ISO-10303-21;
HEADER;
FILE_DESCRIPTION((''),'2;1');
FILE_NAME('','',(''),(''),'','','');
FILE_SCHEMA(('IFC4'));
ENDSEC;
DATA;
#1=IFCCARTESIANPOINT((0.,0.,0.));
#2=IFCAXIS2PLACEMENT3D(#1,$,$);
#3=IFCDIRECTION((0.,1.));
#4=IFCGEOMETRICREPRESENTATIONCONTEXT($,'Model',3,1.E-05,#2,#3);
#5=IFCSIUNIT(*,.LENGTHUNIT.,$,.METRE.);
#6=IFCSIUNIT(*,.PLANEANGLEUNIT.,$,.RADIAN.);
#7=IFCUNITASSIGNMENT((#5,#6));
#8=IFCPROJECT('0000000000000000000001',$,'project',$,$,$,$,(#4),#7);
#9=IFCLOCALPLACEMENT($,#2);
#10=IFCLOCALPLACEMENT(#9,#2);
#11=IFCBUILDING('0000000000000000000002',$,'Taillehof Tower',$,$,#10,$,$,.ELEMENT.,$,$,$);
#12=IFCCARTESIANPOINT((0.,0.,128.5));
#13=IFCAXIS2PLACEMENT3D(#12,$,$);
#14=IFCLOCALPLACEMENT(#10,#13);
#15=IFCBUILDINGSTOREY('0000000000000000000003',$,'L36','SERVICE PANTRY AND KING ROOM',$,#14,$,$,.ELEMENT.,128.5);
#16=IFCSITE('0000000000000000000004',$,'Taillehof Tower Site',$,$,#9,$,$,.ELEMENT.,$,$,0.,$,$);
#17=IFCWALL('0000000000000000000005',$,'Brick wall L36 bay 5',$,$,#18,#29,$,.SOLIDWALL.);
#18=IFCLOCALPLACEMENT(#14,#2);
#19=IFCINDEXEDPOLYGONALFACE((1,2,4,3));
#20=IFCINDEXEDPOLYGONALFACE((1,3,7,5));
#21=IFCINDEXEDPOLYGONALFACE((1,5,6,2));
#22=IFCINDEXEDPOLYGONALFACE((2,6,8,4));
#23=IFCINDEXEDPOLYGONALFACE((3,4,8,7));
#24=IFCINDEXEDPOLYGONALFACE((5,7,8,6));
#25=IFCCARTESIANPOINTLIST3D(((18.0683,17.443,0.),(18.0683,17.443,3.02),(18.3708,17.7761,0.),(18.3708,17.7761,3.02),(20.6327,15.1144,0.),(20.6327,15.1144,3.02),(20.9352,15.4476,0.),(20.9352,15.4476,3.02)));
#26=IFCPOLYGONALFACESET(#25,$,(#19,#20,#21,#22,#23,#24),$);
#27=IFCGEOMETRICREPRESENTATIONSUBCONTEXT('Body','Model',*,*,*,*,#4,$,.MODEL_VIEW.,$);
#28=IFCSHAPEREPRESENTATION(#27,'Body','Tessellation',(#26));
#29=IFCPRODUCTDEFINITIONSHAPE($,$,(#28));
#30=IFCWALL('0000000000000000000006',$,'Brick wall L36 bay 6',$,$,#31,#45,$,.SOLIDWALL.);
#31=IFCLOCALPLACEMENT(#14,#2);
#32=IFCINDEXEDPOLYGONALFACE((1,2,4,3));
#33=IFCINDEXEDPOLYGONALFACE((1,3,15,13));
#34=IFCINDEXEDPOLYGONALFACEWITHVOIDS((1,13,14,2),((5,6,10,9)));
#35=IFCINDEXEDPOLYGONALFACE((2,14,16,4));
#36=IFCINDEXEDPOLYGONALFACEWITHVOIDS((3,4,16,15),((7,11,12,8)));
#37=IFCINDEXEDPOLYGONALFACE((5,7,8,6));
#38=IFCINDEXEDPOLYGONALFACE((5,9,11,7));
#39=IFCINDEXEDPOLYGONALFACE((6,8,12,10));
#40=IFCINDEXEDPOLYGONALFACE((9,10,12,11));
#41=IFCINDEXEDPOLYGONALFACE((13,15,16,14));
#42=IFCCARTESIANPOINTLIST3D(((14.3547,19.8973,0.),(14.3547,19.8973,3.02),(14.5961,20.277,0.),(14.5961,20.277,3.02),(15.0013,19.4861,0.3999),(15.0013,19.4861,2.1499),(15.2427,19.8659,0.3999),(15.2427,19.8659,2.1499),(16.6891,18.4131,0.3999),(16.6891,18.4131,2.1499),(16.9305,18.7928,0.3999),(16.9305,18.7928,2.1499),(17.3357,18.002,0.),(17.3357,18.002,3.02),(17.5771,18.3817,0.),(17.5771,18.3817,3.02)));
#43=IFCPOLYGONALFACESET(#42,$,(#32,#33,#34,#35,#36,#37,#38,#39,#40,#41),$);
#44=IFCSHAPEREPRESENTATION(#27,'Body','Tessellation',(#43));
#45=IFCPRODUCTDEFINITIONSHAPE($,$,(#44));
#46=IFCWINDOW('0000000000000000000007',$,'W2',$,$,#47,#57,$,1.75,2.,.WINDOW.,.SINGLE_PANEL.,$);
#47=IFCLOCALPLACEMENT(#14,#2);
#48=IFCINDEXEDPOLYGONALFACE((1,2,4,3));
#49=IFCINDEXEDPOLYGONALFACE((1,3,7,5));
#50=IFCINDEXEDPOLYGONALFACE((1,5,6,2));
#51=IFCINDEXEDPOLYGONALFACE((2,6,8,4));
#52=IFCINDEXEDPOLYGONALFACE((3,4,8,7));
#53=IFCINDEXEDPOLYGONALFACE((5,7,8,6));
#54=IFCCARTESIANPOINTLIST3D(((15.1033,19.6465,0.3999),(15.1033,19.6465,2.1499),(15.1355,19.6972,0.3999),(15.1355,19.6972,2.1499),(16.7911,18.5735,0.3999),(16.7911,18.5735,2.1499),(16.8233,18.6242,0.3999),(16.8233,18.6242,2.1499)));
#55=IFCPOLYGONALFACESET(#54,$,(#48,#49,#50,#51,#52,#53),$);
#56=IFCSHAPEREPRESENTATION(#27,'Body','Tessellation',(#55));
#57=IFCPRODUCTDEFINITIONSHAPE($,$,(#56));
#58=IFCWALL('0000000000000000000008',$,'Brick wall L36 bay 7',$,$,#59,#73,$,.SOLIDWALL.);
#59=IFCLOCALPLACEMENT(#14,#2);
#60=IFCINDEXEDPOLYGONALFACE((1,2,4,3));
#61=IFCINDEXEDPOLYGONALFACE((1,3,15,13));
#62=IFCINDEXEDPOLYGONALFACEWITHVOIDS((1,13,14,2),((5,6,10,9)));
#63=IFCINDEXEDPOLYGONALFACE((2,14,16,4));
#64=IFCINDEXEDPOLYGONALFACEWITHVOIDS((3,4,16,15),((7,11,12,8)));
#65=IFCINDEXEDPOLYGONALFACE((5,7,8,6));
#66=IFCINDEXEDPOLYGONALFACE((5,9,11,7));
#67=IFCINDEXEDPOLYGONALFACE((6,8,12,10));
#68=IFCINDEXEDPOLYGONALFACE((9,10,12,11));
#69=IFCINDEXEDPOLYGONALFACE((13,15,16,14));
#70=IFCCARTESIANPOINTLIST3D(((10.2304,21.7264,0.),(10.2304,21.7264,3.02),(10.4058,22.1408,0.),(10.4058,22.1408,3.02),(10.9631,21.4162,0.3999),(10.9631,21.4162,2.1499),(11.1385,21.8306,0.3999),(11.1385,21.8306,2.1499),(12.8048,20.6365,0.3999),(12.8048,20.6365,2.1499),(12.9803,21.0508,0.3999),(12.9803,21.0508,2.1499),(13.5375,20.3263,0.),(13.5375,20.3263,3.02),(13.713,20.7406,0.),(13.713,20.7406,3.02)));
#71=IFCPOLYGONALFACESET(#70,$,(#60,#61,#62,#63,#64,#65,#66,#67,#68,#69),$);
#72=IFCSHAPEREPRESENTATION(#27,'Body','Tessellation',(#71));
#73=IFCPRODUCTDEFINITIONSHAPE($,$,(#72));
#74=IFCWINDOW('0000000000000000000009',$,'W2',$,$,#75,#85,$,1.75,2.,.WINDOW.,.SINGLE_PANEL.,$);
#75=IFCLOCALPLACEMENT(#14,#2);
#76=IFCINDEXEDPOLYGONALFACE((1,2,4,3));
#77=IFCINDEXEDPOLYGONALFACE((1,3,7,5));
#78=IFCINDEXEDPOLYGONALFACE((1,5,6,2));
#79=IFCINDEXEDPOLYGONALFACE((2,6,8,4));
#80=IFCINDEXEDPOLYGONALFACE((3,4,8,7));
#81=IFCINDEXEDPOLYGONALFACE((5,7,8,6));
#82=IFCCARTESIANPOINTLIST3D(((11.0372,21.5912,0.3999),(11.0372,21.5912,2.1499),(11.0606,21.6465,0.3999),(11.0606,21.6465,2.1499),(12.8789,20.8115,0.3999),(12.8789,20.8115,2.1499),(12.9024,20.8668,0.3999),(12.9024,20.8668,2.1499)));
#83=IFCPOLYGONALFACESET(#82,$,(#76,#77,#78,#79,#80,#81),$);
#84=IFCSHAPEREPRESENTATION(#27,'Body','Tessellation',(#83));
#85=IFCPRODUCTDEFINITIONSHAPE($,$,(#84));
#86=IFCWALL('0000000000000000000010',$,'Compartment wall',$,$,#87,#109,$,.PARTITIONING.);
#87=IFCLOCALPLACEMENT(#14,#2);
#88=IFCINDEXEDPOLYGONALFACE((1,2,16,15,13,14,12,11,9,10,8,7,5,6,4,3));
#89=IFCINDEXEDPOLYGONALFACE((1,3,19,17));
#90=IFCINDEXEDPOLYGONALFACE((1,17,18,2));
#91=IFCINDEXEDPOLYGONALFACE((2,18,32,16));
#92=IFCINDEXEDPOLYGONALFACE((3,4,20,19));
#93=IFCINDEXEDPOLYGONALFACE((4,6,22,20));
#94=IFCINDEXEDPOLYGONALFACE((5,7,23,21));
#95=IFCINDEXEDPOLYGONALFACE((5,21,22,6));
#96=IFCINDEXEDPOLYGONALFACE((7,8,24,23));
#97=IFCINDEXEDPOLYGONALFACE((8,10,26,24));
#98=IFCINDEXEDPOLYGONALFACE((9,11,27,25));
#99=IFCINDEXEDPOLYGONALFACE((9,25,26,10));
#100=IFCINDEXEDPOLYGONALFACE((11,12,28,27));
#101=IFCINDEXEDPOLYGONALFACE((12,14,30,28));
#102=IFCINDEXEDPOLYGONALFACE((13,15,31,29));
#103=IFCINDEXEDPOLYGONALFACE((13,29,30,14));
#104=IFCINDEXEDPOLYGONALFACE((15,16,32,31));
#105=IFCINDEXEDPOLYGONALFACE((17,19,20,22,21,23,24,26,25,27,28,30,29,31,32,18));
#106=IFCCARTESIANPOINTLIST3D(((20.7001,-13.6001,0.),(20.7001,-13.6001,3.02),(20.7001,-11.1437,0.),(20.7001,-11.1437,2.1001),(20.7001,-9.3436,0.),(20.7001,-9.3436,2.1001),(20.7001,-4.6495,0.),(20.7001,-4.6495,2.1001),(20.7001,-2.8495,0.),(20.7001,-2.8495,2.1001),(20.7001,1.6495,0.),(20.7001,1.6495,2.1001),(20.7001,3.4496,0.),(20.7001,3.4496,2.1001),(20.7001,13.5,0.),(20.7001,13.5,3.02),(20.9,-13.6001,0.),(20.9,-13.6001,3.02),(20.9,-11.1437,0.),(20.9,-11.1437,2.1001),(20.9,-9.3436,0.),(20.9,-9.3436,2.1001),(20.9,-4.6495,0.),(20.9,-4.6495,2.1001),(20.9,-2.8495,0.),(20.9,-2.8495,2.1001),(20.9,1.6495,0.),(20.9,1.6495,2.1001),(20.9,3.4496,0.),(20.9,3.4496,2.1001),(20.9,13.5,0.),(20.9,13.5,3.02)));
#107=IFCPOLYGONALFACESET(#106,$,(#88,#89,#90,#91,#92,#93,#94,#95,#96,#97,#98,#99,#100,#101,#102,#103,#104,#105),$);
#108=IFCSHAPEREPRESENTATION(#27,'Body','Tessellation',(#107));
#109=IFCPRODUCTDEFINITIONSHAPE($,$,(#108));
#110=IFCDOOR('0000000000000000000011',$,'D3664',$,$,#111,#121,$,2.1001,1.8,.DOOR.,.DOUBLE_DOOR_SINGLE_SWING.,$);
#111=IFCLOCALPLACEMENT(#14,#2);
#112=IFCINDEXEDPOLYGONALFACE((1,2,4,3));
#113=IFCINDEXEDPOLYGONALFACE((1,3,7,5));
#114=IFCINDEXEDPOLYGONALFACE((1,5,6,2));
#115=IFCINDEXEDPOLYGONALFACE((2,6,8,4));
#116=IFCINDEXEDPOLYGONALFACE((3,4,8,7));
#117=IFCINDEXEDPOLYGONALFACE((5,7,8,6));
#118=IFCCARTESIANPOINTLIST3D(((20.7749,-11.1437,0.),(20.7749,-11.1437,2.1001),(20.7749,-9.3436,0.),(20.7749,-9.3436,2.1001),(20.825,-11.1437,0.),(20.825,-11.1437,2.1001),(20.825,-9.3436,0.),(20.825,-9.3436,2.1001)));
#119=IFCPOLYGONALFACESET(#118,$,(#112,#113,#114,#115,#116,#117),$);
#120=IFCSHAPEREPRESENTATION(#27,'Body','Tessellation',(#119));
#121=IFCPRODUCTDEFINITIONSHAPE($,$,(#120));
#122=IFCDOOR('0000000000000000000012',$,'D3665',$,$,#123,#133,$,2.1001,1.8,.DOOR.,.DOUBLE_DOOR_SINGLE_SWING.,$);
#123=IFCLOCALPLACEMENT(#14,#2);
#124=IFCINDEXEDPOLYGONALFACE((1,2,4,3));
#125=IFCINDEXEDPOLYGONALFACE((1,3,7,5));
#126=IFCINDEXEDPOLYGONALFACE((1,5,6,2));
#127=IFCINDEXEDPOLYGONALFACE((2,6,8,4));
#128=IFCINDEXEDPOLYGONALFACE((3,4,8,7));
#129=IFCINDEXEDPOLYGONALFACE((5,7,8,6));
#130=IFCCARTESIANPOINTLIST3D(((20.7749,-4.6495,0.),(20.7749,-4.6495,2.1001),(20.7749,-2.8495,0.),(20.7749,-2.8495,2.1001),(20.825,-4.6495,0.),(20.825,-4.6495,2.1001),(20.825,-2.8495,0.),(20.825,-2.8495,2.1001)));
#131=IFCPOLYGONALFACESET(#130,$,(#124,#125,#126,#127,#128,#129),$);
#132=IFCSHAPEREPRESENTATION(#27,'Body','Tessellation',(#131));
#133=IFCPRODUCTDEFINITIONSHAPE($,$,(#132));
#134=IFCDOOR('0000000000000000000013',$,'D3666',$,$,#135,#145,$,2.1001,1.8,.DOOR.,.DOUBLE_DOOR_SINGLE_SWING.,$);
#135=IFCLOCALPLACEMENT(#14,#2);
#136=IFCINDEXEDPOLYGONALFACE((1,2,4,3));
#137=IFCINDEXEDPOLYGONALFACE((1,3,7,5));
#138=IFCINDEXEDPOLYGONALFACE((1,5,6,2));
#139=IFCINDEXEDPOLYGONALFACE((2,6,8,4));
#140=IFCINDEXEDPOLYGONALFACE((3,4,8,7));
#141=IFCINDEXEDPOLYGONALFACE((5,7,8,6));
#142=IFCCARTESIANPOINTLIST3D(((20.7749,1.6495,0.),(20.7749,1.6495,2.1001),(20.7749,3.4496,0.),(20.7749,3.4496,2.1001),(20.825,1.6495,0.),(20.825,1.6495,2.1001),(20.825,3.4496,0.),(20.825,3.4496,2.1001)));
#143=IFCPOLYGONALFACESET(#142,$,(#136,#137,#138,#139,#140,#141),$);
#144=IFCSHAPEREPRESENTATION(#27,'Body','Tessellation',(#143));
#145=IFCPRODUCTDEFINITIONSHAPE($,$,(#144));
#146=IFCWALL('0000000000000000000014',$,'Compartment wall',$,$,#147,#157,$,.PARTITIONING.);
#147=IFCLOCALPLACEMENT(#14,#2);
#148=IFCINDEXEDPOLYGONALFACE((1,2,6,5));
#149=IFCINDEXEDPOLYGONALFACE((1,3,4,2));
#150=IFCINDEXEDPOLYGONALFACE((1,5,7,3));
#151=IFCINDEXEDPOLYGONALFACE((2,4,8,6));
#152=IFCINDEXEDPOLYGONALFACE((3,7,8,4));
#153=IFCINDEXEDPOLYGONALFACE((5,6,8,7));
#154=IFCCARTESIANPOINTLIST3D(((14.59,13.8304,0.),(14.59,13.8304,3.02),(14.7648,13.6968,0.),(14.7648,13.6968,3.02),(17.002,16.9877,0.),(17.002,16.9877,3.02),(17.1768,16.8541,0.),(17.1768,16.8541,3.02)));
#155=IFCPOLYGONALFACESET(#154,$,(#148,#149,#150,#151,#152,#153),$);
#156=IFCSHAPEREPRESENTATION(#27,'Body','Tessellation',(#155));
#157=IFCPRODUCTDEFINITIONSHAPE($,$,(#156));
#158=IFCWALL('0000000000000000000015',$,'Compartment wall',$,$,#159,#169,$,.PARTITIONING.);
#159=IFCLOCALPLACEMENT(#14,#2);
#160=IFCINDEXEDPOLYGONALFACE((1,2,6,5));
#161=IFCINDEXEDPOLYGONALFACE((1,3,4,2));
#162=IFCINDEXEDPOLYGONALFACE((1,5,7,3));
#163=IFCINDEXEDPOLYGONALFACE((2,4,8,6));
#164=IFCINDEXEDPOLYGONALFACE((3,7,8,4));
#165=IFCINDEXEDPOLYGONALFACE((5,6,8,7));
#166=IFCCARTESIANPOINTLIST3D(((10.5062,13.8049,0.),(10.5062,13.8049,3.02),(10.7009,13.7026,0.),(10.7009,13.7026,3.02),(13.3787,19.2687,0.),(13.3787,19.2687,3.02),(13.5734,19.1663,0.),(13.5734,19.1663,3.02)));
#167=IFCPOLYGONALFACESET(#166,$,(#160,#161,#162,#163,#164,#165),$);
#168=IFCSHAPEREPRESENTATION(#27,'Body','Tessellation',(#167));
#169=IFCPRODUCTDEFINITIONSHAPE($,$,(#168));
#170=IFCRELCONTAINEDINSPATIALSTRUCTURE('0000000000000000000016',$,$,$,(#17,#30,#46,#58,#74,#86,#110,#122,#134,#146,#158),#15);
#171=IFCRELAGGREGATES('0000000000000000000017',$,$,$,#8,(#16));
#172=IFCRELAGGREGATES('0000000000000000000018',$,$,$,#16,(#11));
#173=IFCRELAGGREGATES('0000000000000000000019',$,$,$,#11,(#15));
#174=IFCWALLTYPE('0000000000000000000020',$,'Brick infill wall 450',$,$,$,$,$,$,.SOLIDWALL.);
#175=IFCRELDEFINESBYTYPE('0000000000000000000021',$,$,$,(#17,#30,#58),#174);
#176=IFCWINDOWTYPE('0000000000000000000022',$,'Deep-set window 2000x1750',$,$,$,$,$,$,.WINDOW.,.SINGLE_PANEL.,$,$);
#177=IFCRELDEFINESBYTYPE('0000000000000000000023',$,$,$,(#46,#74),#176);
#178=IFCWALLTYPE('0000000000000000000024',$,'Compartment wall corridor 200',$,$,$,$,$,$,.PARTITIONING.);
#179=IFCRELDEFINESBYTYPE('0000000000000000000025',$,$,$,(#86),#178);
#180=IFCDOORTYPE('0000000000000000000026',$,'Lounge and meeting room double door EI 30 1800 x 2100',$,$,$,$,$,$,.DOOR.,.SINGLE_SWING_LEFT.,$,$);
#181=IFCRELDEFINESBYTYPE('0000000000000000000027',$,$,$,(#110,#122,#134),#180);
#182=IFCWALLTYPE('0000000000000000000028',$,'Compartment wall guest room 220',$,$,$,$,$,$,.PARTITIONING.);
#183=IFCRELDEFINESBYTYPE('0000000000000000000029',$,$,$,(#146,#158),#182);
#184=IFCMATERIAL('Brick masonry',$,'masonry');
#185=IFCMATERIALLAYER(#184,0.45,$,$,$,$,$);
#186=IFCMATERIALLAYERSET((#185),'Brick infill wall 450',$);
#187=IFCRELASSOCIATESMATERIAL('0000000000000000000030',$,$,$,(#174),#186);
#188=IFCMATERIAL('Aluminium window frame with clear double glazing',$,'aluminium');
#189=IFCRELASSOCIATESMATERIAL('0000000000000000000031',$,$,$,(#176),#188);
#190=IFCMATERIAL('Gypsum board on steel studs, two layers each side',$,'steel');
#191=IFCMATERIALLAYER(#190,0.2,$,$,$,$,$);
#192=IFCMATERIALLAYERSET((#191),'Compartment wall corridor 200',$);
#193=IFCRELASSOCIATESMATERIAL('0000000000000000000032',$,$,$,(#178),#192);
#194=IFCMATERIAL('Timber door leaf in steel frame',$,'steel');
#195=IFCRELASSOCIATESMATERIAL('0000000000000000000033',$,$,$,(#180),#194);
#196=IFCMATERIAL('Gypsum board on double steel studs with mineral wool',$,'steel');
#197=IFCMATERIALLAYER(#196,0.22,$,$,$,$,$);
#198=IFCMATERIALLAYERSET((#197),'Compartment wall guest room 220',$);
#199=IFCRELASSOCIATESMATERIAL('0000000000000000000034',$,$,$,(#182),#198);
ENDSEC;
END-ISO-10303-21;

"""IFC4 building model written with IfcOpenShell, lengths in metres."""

from ifc_helpers import new_model, si_unit, direction, frame, frame_2d, origin, place, context, subcontext, project, spatial, rectangle, extrude, material, layer, layer_set, type_object, element, fill, save


model = new_model("IFC4")

# Units and contexts
model_context = context("Model", 3, precision=1e-05, world=origin(), true_north=direction((0.0, 1.0)))
body_context = subcontext(model_context, "Body", "Model", "MODEL_VIEW")
ifc_project = project(units=[si_unit("LENGTHUNIT", "METRE"), si_unit("PLANEANGLEUNIT", "RADIAN")], contexts=[model_context])

# Site, building, storey
site_placement = place(None, origin())
site = spatial("IfcSite", under=ifc_project, at=site_placement, Name="Taillehof Tower Site", CompositionType="ELEMENT", RefElevation=0.0)
building_placement = place(site_placement, origin())
building = spatial("IfcBuilding", under=site, at=building_placement, Name="Taillehof Tower", CompositionType="ELEMENT")
storey_placement = place(building_placement, frame((0.0, 0.0, 128.5)))
storey = spatial("IfcBuildingStorey", under=building, at=storey_placement, Name="L36", Description="SERVICE PANTRY AND KING ROOM", CompositionType="ELEMENT", Elevation=128.5)

# Shared definitions
ifc_material_1 = material(Name="Brick masonry", Category="masonry")
ifc_layer_1 = layer(ifc_material_1, 0.45)
ifc_layer_set_1 = layer_set([ifc_layer_1], Name="Brick infill wall 450")
wall_type_1 = type_object("IfcWallType", Name="Brick infill wall 450", PredefinedType="SOLIDWALL", material=ifc_layer_set_1)

# Wall
wall_1_placement = place(storey_placement, frame((20.7839, 15.281, 0.0), z_axis=(0.0, 0.0, 1.0), x_axis=(-0.740329, 0.672245, 0.0)))
element("IfcWall", 1, at=wall_1_placement, inside=storey, type_object=wall_type_1, Name="Brick wall L36 bay 5", PredefinedType="SOLIDWALL", context=body_context, shape_type="SweptSolid", body=[
    extrude(rectangle(XDim=3.4639, YDim=0.45, at=frame_2d((1.7319, 0.0))), origin(), (0.0, 0.0, 1.0), 3.02),
])

# Walls, openings, windows
wall_2_placement = place(storey_placement, frame((17.4563, 18.1919, 0.0), z_axis=(0.0, 0.0, 1.0), x_axis=(-0.843881, 0.536531, 0.0)))
wall_2 = element("IfcWall", 2, at=wall_2_placement, inside=storey, type_object=wall_type_1, Name="Brick wall L36 bay 6", PredefinedType="SOLIDWALL", context=body_context, shape_type="SweptSolid", body=[
    extrude(rectangle(XDim=3.5325, YDim=0.45, at=frame_2d((1.7661, 0.0))), origin(), (0.0, 0.0, 1.0), 3.02),
])
opening_1_placement = place(wall_2_placement, frame((0.7661, 0.0, 0.3999)))
opening_1 = element("IfcOpeningElement", 3, at=opening_1_placement, cuts=wall_2, PredefinedType="OPENING", context=body_context, shape_type="SweptSolid", body=[
    extrude(rectangle(XDim=2.0, YDim=1.75, at=frame_2d((1.0, 0.875))), frame((0.0, 0.2349, 0.0), z_axis=(0.0, -1.0, 0.0), x_axis=(1.0, 0.0, 0.0)), (0.0, 0.0, 1.0), 0.47),
])
ifc_material_2 = material(Name="Aluminium window frame with clear double glazing", Category="aluminium")
window_type_1 = type_object("IfcWindowType", Name="Deep-set window 2000x1750", PartitioningType="SINGLE_PANEL", PredefinedType="WINDOW", material=ifc_material_2)
window_1_placement = place(opening_1_placement, origin())
window_1 = element("IfcWindow", 4, at=window_1_placement, inside=storey, type_object=window_type_1, Name="W2", OverallHeight=1.75, OverallWidth=2.0, PartitioningType="SINGLE_PANEL", PredefinedType="WINDOW", context=body_context, shape_type="SweptSolid", body=[
    extrude(rectangle(XDim=2.0, YDim=1.75, at=frame_2d((1.0, 0.875))), frame((0.0, 0.0349, 0.0), z_axis=(0.0, -1.0, 0.0), x_axis=(1.0, 0.0, 0.0)), (0.0, 0.0, 1.0), 0.0601),
])
fill(opening_1, window_1)
wall_3_placement = place(storey_placement, frame((13.6252, 20.5334, 0.0), z_axis=(0.0, 0.0, 1.0), x_axis=(-0.92087, 0.389871, 0.0)))
wall_3 = element("IfcWall", 5, at=wall_3_placement, inside=storey, type_object=wall_type_1, Name="Brick wall L36 bay 7", PredefinedType="SOLIDWALL", context=body_context, shape_type="SweptSolid", body=[
    extrude(rectangle(XDim=3.5913, YDim=0.45, at=frame_2d((1.7957, 0.0))), origin(), (0.0, 0.0, 1.0), 3.02),
])
opening_2_placement = place(wall_3_placement, frame((0.7957, 0.0, 0.3999)))
opening_2 = element("IfcOpeningElement", 6, at=opening_2_placement, cuts=wall_3, PredefinedType="OPENING", context=body_context, shape_type="SweptSolid", body=[
    extrude(rectangle(XDim=2.0, YDim=1.75, at=frame_2d((1.0, 0.875))), frame((0.0, 0.2349, 0.0), z_axis=(0.0, -1.0, 0.0), x_axis=(1.0, 0.0, 0.0)), (0.0, 0.0, 1.0), 0.47),
])
window_2_placement = place(opening_2_placement, origin())
window_2 = element("IfcWindow", 7, at=window_2_placement, inside=storey, type_object=window_type_1, Name="W2", OverallHeight=1.75, OverallWidth=2.0, PartitioningType="SINGLE_PANEL", PredefinedType="WINDOW", context=body_context, shape_type="SweptSolid", body=[
    extrude(rectangle(XDim=2.0, YDim=1.75, at=frame_2d((1.0, 0.875))), frame((0.0, 0.0349, 0.0), z_axis=(0.0, -1.0, 0.0), x_axis=(1.0, 0.0, 0.0)), (0.0, 0.0, 1.0), 0.0601),
])
fill(opening_2, window_2)

# Wall, openings, doors
ifc_material_3 = material(Name="Gypsum board on steel studs, two layers each side", Category="steel")
ifc_layer_2 = layer(ifc_material_3, 0.2)
ifc_layer_set_2 = layer_set([ifc_layer_2], Name="Compartment wall corridor 200")
wall_type_2 = type_object("IfcWallType", Name="Compartment wall corridor 200", PredefinedType="PARTITIONING", material=ifc_layer_set_2)
wall_4_placement = place(storey_placement, frame((20.8, 13.5, 0.0), z_axis=(0.0, 0.0, 1.0), x_axis=(0.0, -1.0, 0.0)))
wall_4 = element("IfcWall", 8, at=wall_4_placement, inside=storey, type_object=wall_type_2, Name="Compartment wall", PredefinedType="PARTITIONING", context=body_context, shape_type="SweptSolid", body=[
    extrude(rectangle(XDim=27.1001, YDim=0.2, at=frame_2d((13.55, 0.0))), origin(), (0.0, 0.0, 1.0), 3.02),
])
opening_3_placement = place(wall_4_placement, frame((22.8438, 0.0, 0.0)))
opening_3 = element("IfcOpeningElement", 9, at=opening_3_placement, cuts=wall_4, PredefinedType="OPENING", context=body_context, shape_type="SweptSolid", body=[
    extrude(rectangle(XDim=1.8, YDim=2.1001, at=frame_2d((0.8999, 1.05))), frame((0.0, 0.1099, 0.0), z_axis=(0.0, -1.0, 0.0), x_axis=(1.0, 0.0, 0.0)), (0.0, 0.0, 1.0), 0.22),
])
opening_4_placement = place(wall_4_placement, frame((16.3496, 0.0, 0.0)))
opening_4 = element("IfcOpeningElement", 10, at=opening_4_placement, cuts=wall_4, PredefinedType="OPENING", context=body_context, shape_type="SweptSolid", body=[
    extrude(rectangle(XDim=1.8, YDim=2.1001, at=frame_2d((0.8999, 1.05))), frame((0.0, 0.1099, 0.0), z_axis=(0.0, -1.0, 0.0), x_axis=(1.0, 0.0, 0.0)), (0.0, 0.0, 1.0), 0.22),
])
opening_5_placement = place(wall_4_placement, frame((10.0505, 0.0, 0.0)))
opening_5 = element("IfcOpeningElement", 11, at=opening_5_placement, cuts=wall_4, PredefinedType="OPENING", context=body_context, shape_type="SweptSolid", body=[
    extrude(rectangle(XDim=1.8, YDim=2.1001, at=frame_2d((0.8999, 1.05))), frame((0.0, 0.1099, 0.0), z_axis=(0.0, -1.0, 0.0), x_axis=(1.0, 0.0, 0.0)), (0.0, 0.0, 1.0), 0.22),
])
ifc_material_4 = material(Name="Timber door leaf in steel frame", Category="steel")
door_type_1 = type_object("IfcDoorType", Name="Lounge and meeting room double door EI 30 1800 x 2100", OperationType="SINGLE_SWING_LEFT", PredefinedType="DOOR", material=ifc_material_4)
door_1_placement = place(opening_3_placement, origin())
door_1 = element("IfcDoor", 12, at=door_1_placement, inside=storey, type_object=door_type_1, Name="D3664", OperationType="DOUBLE_DOOR_SINGLE_SWING", OverallHeight=2.1001, OverallWidth=1.8, PredefinedType="DOOR", context=body_context, shape_type="SweptSolid", body=[
    extrude(rectangle(XDim=1.8, YDim=2.1001, at=frame_2d((0.8999, 1.05))), frame((0.0, 0.0249, 0.0), z_axis=(0.0, -1.0, 0.0), x_axis=(1.0, 0.0, 0.0)), (0.0, 0.0, 1.0), 0.05),
])
fill(opening_3, door_1)
door_2_placement = place(opening_4_placement, origin())
door_2 = element("IfcDoor", 13, at=door_2_placement, inside=storey, type_object=door_type_1, Name="D3665", OperationType="DOUBLE_DOOR_SINGLE_SWING", OverallHeight=2.1001, OverallWidth=1.8, PredefinedType="DOOR", context=body_context, shape_type="SweptSolid", body=[
    extrude(rectangle(XDim=1.8, YDim=2.1001, at=frame_2d((0.8999, 1.05))), frame((0.0, 0.0249, 0.0), z_axis=(0.0, -1.0, 0.0), x_axis=(1.0, 0.0, 0.0)), (0.0, 0.0, 1.0), 0.05),
])
fill(opening_4, door_2)
door_3_placement = place(opening_5_placement, origin())
door_3 = element("IfcDoor", 14, at=door_3_placement, inside=storey, type_object=door_type_1, Name="D3666", OperationType="DOUBLE_DOOR_SINGLE_SWING", OverallHeight=2.1001, OverallWidth=1.8, PredefinedType="DOOR", context=body_context, shape_type="SweptSolid", body=[
    extrude(rectangle(XDim=1.8, YDim=2.1001, at=frame_2d((0.8999, 1.05))), frame((0.0, 0.0249, 0.0), z_axis=(0.0, -1.0, 0.0), x_axis=(1.0, 0.0, 0.0)), (0.0, 0.0, 1.0), 0.05),
])
fill(opening_5, door_3)

# Walls
ifc_material_5 = material(Name="Gypsum board on double steel studs with mineral wool", Category="steel")
ifc_layer_3 = layer(ifc_material_5, 0.22)
ifc_layer_set_3 = layer_set([ifc_layer_3], Name="Compartment wall guest room 220")
wall_type_3 = type_object("IfcWallType", Name="Compartment wall guest room 220", PredefinedType="PARTITIONING", material=ifc_layer_set_3)
wall_5_placement = place(storey_placement, frame((17.0894, 16.9209, 0.0), z_axis=(0.0, 0.0, 1.0), x_axis=(-0.607055, -0.794659, 0.0)))
element("IfcWall", 15, at=wall_5_placement, inside=storey, type_object=wall_type_3, Name="Compartment wall", PredefinedType="PARTITIONING", context=body_context, shape_type="SweptSolid", body=[
    extrude(rectangle(XDim=3.9731, YDim=0.22, at=frame_2d((1.9866, 0.0))), origin(), (0.0, 0.0, 1.0), 3.02),
])
wall_6_placement = place(storey_placement, frame((13.4761, 19.2175, 0.0), z_axis=(0.0, 0.0, 1.0), x_axis=(-0.465345, -0.885129, 0.0)))
element("IfcWall", 16, at=wall_6_placement, inside=storey, type_object=wall_type_3, Name="Compartment wall", PredefinedType="PARTITIONING", context=body_context, shape_type="SweptSolid", body=[
    extrude(rectangle(XDim=6.1729, YDim=0.22, at=frame_2d((3.0864, 0.0))), origin(), (0.0, 0.0, 1.0), 3.02),
])

save(model, "model.ifc")
